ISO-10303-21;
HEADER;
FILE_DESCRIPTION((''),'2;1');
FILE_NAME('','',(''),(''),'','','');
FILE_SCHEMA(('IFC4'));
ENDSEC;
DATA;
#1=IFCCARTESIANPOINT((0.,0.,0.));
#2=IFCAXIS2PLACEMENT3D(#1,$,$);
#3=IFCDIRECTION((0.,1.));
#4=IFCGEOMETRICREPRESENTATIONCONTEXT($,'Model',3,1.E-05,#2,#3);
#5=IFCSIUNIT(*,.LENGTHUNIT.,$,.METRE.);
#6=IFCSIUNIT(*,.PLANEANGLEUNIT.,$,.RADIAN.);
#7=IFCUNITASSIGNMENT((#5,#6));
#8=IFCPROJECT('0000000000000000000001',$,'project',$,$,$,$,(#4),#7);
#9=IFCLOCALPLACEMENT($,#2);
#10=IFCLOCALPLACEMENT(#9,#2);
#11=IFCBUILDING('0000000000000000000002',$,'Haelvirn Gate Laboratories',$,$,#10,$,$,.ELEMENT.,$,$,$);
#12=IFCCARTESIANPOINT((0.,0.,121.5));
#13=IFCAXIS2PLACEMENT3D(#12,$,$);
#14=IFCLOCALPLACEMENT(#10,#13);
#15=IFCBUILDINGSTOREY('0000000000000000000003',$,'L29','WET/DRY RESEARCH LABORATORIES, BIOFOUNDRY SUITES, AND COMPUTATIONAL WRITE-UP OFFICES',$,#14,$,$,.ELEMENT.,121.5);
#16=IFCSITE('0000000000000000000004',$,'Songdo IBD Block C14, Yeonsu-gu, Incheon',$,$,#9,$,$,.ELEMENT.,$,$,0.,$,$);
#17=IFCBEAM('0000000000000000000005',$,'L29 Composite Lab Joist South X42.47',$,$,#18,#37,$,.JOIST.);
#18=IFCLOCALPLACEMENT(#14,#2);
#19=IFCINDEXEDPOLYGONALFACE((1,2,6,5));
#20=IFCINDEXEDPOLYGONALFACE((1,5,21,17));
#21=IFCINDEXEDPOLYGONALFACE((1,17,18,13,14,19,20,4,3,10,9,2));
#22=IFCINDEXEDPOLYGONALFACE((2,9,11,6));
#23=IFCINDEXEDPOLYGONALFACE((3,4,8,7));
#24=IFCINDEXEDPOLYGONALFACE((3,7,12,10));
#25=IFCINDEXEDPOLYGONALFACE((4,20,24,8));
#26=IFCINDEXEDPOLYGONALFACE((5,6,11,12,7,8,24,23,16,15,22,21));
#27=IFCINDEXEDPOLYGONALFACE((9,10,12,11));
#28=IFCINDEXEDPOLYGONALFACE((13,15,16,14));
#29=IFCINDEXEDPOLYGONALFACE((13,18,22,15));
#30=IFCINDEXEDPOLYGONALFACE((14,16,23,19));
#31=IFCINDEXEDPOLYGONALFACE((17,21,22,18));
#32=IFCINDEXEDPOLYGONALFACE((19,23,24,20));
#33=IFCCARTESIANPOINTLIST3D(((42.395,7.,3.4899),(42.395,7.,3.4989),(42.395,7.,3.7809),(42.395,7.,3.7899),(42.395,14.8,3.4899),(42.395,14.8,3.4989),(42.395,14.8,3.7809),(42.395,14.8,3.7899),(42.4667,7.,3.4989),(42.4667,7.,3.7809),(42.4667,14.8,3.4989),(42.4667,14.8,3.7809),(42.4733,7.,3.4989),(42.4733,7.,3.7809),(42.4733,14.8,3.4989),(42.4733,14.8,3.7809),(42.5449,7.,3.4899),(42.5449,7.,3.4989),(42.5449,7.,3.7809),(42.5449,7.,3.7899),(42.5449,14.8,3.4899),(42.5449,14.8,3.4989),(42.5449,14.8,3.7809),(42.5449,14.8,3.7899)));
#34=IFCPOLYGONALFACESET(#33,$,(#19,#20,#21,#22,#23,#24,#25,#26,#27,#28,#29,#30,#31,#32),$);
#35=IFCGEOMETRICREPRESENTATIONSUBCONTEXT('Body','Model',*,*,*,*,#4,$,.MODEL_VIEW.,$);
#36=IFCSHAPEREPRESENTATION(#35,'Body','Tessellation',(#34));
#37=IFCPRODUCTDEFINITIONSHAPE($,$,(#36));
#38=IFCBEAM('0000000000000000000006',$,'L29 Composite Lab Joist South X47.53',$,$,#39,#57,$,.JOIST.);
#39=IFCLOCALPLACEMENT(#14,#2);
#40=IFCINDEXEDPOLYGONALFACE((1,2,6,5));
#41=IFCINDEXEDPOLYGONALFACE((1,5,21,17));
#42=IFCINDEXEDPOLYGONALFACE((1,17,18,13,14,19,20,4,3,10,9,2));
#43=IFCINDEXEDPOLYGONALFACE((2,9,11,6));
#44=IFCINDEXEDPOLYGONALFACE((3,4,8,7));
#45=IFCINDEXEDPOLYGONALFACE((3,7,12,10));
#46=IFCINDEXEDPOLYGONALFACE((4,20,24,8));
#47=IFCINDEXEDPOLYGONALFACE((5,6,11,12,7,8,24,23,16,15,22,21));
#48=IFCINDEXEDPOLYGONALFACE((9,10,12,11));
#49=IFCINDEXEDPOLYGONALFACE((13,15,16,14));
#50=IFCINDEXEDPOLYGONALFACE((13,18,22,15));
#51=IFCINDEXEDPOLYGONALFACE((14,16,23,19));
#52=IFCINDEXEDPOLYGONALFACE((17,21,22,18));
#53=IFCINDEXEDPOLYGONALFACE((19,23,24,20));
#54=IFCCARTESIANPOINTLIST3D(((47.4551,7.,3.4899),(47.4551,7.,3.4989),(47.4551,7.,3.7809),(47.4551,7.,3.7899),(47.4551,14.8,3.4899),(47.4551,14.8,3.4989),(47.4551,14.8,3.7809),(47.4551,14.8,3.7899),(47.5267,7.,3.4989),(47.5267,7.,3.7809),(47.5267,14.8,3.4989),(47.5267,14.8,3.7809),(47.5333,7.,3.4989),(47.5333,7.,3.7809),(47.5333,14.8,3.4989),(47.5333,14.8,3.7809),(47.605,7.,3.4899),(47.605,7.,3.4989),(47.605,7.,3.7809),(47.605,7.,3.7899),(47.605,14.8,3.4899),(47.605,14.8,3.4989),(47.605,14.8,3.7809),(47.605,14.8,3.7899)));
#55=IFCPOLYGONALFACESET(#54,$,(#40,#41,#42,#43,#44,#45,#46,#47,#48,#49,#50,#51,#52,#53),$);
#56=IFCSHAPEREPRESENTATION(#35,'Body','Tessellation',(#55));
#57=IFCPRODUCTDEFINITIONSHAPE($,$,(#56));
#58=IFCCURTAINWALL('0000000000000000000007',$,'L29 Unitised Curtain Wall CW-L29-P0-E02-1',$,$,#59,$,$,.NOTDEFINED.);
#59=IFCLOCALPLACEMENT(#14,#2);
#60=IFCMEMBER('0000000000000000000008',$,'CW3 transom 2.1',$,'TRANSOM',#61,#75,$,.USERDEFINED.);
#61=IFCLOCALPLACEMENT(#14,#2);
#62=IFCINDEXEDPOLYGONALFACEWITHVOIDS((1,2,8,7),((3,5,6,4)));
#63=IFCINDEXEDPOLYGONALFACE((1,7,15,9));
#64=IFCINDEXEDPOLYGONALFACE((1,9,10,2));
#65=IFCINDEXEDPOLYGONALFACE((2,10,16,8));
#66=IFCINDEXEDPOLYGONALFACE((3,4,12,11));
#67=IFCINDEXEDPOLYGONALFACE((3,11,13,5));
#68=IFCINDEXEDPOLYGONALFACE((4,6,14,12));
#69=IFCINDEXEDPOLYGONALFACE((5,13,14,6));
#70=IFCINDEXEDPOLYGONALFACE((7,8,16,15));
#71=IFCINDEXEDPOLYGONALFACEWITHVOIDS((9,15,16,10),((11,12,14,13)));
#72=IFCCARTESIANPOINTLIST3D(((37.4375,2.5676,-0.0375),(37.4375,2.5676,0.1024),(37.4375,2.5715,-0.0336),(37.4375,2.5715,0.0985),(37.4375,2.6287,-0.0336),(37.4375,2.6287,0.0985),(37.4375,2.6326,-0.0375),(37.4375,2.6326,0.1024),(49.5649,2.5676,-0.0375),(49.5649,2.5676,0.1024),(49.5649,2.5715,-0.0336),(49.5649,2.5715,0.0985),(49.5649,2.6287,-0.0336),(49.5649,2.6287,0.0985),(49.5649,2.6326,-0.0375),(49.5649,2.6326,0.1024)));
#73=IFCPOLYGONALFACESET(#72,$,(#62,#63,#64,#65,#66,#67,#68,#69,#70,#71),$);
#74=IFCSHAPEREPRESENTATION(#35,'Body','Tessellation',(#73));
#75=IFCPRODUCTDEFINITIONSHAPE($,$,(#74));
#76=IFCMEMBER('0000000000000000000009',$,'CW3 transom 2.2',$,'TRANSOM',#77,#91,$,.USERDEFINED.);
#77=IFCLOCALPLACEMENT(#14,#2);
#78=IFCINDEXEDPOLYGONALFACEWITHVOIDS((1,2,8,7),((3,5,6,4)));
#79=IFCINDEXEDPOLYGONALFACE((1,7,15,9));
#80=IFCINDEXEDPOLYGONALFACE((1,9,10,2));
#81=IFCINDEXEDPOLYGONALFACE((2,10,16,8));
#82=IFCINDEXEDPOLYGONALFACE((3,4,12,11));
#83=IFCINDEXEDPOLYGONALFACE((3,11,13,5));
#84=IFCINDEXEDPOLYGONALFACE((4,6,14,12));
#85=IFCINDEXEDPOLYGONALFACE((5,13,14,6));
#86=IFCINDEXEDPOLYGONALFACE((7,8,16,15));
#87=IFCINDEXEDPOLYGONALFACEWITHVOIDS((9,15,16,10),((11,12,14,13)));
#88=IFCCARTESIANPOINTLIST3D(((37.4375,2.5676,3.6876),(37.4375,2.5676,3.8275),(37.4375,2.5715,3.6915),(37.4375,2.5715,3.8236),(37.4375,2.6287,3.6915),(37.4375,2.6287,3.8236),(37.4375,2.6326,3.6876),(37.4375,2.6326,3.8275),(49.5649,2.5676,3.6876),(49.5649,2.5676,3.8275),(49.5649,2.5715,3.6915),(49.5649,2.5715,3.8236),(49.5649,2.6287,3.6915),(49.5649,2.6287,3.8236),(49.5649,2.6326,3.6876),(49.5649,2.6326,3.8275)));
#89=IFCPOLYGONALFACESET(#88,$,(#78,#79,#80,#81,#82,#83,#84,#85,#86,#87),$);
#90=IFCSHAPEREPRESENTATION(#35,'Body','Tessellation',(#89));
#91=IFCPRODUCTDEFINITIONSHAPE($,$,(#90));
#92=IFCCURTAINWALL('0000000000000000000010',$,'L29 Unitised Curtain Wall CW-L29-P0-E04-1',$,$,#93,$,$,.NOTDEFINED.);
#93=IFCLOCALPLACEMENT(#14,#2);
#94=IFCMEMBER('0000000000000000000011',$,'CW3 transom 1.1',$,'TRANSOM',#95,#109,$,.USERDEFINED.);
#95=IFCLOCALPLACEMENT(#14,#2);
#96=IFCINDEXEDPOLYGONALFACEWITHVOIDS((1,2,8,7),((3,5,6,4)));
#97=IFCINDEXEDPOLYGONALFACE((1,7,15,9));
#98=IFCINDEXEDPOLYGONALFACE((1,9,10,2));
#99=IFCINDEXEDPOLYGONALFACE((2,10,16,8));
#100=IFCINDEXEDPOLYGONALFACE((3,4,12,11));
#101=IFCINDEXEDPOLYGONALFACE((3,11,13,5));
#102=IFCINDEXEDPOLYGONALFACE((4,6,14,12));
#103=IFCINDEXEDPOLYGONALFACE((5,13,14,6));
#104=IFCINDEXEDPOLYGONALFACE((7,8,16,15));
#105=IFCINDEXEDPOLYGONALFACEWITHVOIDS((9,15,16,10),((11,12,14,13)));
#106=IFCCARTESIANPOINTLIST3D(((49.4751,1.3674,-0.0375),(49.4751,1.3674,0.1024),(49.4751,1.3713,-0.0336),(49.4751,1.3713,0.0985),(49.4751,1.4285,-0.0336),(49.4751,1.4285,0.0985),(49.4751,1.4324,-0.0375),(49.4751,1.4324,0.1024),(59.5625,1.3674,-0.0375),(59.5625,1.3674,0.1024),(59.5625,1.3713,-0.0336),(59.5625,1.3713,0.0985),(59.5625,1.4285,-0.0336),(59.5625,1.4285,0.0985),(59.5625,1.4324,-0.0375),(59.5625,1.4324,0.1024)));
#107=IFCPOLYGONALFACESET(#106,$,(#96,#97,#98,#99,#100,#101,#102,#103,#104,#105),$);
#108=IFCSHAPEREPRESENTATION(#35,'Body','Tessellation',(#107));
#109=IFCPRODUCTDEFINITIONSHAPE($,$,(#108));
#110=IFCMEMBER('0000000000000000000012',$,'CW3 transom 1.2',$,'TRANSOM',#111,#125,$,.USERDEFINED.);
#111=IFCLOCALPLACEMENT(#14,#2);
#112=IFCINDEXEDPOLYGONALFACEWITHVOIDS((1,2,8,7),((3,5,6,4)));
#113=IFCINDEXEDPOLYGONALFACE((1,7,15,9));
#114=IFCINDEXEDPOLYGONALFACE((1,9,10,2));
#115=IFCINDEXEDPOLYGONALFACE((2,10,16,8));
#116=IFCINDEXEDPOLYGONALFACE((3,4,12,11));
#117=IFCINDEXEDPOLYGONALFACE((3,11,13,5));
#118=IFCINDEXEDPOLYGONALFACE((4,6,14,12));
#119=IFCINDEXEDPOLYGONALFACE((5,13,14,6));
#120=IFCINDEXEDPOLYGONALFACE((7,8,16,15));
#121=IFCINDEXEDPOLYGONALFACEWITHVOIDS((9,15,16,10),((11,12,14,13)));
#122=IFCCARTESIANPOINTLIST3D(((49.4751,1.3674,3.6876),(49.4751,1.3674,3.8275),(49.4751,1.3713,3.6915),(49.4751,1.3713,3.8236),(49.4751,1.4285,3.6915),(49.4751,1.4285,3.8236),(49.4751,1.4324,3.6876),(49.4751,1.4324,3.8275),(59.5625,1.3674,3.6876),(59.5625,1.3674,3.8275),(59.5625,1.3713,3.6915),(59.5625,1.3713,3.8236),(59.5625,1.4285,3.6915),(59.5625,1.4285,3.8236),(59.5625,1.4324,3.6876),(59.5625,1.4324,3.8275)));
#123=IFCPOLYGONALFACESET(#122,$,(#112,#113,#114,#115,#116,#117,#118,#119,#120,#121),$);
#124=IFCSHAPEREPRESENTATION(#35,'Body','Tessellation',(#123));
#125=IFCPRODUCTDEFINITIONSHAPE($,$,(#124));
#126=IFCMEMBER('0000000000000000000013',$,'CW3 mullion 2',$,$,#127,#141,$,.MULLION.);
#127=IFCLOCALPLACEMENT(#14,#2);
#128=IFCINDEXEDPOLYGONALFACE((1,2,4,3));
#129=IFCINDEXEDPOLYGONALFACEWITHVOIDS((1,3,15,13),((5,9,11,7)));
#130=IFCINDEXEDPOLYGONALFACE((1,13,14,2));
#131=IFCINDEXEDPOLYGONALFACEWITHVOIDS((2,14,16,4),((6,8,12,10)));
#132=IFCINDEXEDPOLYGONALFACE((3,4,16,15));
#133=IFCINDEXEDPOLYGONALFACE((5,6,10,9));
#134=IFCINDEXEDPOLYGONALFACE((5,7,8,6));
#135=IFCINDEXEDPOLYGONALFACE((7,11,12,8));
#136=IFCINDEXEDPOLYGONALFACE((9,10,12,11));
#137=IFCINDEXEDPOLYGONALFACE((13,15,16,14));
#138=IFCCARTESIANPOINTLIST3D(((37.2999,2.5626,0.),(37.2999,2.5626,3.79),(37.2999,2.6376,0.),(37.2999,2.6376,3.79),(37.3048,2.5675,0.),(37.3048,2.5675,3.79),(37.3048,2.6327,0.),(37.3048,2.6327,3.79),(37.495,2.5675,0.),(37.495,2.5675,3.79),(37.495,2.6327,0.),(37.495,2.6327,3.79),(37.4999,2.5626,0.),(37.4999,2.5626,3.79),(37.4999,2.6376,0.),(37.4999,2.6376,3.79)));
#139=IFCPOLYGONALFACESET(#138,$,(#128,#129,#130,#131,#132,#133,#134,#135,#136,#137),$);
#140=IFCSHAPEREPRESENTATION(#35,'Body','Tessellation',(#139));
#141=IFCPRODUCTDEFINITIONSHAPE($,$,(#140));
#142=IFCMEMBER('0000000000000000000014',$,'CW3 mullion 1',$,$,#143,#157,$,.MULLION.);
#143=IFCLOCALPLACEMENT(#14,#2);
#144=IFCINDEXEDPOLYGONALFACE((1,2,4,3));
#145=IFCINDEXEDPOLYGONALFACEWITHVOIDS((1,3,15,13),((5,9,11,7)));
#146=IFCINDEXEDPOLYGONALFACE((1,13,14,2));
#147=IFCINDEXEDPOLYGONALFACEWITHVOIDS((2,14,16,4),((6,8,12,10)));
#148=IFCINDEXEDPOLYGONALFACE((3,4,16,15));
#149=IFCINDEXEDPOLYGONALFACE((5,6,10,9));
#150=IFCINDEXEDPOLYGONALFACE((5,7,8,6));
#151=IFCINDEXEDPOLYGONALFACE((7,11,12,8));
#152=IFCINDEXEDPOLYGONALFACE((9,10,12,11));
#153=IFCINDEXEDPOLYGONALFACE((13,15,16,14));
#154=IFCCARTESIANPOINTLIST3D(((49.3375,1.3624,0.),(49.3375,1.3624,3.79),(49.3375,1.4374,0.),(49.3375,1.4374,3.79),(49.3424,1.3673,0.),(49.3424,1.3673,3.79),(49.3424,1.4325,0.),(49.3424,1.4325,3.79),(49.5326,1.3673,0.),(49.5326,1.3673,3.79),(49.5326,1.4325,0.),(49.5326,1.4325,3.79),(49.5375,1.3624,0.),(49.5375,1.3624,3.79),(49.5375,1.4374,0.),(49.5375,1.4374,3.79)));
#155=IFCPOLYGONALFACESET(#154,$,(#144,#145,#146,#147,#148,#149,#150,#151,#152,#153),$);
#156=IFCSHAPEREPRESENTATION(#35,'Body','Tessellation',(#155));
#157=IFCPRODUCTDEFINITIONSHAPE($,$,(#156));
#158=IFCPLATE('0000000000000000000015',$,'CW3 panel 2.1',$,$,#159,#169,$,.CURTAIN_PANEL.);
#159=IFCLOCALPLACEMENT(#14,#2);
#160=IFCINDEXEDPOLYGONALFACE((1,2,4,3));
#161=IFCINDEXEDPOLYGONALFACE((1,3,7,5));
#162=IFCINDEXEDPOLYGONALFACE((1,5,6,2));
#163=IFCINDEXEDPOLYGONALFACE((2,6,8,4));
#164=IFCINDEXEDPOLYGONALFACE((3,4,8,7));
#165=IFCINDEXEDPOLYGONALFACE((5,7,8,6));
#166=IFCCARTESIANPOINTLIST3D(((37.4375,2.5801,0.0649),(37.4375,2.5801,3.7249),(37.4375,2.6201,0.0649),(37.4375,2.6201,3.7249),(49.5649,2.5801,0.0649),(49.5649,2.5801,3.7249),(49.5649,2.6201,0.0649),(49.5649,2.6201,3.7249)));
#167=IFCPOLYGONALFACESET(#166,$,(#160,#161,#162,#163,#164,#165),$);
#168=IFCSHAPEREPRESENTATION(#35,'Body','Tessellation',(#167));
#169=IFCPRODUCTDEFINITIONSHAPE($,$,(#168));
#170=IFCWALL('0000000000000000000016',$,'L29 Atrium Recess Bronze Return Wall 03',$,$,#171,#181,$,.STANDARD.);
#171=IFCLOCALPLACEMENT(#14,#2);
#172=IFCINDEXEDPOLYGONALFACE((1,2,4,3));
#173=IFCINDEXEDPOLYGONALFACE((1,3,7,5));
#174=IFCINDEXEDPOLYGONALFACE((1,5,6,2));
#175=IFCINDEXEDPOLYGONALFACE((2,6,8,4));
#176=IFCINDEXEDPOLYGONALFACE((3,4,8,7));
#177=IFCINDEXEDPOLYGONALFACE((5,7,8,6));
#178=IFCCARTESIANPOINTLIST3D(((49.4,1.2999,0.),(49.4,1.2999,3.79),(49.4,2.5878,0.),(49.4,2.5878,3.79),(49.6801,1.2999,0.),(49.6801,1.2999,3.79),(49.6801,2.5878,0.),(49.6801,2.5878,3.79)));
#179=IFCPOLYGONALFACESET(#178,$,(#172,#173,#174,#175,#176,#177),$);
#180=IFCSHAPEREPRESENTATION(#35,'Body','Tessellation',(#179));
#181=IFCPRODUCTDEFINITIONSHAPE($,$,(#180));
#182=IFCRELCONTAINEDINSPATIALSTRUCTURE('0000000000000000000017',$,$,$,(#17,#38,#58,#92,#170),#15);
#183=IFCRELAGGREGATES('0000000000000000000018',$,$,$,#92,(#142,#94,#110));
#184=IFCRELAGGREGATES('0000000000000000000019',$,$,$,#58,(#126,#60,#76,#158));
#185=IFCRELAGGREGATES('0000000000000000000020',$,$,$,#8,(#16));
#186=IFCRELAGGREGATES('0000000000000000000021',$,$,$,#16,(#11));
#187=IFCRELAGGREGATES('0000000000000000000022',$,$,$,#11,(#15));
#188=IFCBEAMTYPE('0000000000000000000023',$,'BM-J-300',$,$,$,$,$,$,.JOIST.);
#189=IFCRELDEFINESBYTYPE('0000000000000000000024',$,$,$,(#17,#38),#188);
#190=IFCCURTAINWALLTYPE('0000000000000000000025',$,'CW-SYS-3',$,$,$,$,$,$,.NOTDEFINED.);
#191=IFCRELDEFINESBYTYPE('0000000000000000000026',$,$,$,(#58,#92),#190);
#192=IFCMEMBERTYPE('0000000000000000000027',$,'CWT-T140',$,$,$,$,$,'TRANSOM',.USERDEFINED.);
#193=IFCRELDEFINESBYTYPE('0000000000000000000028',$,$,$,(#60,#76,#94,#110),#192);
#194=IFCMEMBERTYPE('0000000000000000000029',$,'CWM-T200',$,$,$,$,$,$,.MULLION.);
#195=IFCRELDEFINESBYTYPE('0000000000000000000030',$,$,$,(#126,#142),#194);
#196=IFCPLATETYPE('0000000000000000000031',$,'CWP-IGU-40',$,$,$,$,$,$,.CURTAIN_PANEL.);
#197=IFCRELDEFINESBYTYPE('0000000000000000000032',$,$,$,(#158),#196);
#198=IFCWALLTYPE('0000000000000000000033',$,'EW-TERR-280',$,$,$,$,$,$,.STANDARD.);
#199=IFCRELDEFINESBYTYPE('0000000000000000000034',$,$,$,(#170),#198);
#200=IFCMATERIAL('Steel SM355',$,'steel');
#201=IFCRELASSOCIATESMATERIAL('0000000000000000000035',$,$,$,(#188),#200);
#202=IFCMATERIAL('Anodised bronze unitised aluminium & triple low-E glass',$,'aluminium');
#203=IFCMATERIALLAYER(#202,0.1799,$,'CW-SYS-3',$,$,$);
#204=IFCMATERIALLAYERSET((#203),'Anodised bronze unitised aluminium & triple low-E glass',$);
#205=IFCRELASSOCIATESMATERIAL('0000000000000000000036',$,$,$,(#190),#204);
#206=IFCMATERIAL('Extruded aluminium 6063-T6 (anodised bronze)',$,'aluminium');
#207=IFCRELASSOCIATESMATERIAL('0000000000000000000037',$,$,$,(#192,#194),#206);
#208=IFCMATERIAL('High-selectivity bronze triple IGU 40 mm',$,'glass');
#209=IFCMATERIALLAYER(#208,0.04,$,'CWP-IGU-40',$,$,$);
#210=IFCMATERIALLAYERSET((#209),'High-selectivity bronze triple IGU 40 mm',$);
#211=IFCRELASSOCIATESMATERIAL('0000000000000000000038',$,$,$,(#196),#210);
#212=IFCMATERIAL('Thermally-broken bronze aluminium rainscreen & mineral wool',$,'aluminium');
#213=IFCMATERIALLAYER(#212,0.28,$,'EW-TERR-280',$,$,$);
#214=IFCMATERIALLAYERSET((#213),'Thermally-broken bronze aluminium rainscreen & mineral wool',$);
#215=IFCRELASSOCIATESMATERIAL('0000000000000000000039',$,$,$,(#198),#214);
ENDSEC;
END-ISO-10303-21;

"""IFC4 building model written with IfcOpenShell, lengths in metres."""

from ifc_helpers import new_model, si_unit, direction, frame, frame_2d, origin, origin_2d, place, context, subcontext, project, spatial, rectangle, hollow_rectangle, i_section, extrude, source, transform, mapped, material, layer, layer_set, material_profile, profile_set, type_object, type_shapes, element, aggregate, save


model = new_model("IFC4")

# Units and contexts
model_context = context("Model", 3, precision=1e-05, world=origin(), true_north=direction((0.0, 1.0)))
body_context = subcontext(model_context, "Body", "Model", "MODEL_VIEW")
ifc_project = project(units=[si_unit("LENGTHUNIT", "METRE"), si_unit("PLANEANGLEUNIT", "RADIAN")], contexts=[model_context])

# Site, building, storey
site_placement = place(None, origin())
site = spatial("IfcSite", under=ifc_project, at=site_placement, Name="Songdo IBD Block C14, Yeonsu-gu, Incheon", CompositionType="ELEMENT", RefElevation=0.0)
building_placement = place(site_placement, origin())
building = spatial("IfcBuilding", under=site, at=building_placement, Name="Haelvirn Gate Laboratories", CompositionType="ELEMENT")
storey_placement = place(building_placement, frame((0.0, 0.0, 121.5)))
storey = spatial("IfcBuildingStorey", under=building, at=storey_placement, Name="L29", Description="WET/DRY RESEARCH LABORATORIES, BIOFOUNDRY SUITES, AND COMPUTATIONAL WRITE-UP OFFICES", CompositionType="ELEMENT", Elevation=121.5)

# Shared definitions
ifc_material_1 = material(Name="Steel SM355", Category="steel")

# Beams
ifc_material_profile_1 = material_profile(ifc_material_1, i_section(OverallWidth=0.1499, OverallDepth=0.3, WebThickness=0.0066, FlangeThickness=0.009, at=origin_2d()), Name="H-300x150x6.5x9")
ifc_profile_set_1 = profile_set([ifc_material_profile_1], Name="Steel SM355")
beam_type_1 = type_object("IfcBeamType", Name="BM-J-300", PredefinedType="JOIST", material=ifc_profile_set_1)
shared_shape_1 = source(origin(), body_context, "Body", "SweptSolid", [
    extrude(i_section(OverallWidth=0.1499, OverallDepth=0.3, WebThickness=0.0066, FlangeThickness=0.009, at=origin_2d()), origin(), (0.0, 0.0, 1.0), 7.8),
])
type_shapes(beam_type_1, [shared_shape_1])
for number, where, z_axis, x_axis, name in (
    (1, (42.47, 7.0, 3.6399), (0.0, 1.0, 0.0), (-1.0, 0.0, 0.0), "L29 Composite Lab Joist South X42.47"),
    (2, (47.53, 7.0, 3.6399), (0.0, 1.0, 0.0), (-1.0, 0.0, 0.0), "L29 Composite Lab Joist South X47.53"),
):
    element("IfcBeam", number, at=place(storey_placement, frame(where, z_axis=z_axis, x_axis=x_axis)), inside=storey, type_object=beam_type_1, Name=name, PredefinedType="JOIST", context=body_context, shape_type="MappedRepresentation", body=[
        mapped(shared_shape_1, transform((0.0, 0.0, 0.0), scale=1.0)),
    ])

# Curtain walls, members
ifc_material_2 = material(Name="Anodised bronze unitised aluminium & triple low-E glass", Category="aluminium")
ifc_layer_1 = layer(ifc_material_2, 0.1799, Name="CW-SYS-3")
ifc_layer_set_1 = layer_set([ifc_layer_1], Name="Anodised bronze unitised aluminium & triple low-E glass")
curtain_wall_type = type_object("IfcCurtainWallType", Name="CW-SYS-3", PredefinedType="NOTDEFINED", material=ifc_layer_set_1)
curtain_wall_1_placement = place(storey_placement, origin())
curtain_wall_1 = element("IfcCurtainWall", 3, at=curtain_wall_1_placement, inside=storey, type_object=curtain_wall_type, Name="L29 Unitised Curtain Wall CW-L29-P0-E02-1", PredefinedType="NOTDEFINED")
ifc_material_3 = material(Name="Extruded aluminium 6063-T6 (anodised bronze)", Category="aluminium")
ifc_material_profile_2 = material_profile(ifc_material_3, hollow_rectangle(XDim=0.0649, YDim=0.1399, WallThickness=0.0039, at=origin_2d()), Name="CWT-140x65x4")
ifc_profile_set_2 = profile_set([ifc_material_profile_2], Name="Extruded aluminium 6063-T6 (anodised bronze)")
member_type_1 = type_object("IfcMemberType", Name="CWT-T140", ElementType="TRANSOM", PredefinedType="USERDEFINED", material=ifc_profile_set_2)
shared_shape_2 = source(origin(), body_context, "Body", "SweptSolid", [
    extrude(hollow_rectangle(XDim=0.0649, YDim=0.1399, WallThickness=0.0039, at=origin_2d()), origin(), (0.0, 0.0, 1.0), 12.1274),
])
member_1_placement = place(storey_placement, frame((37.4375, 2.6001, 0.0325), z_axis=(1.0, 0.0, 0.0), x_axis=(0.0, 1.0, 0.0)))
member_1 = element("IfcMember", 4, at=member_1_placement, type_object=member_type_1, Name="CW3 transom 2.1", ObjectType="TRANSOM", PredefinedType="USERDEFINED", context=body_context, shape_type="MappedRepresentation", body=[
    mapped(shared_shape_2, transform((0.0, 0.0, 0.0), scale=1.0)),
])
member_2_placement = place(storey_placement, frame((37.4375, 2.6001, 3.7576), z_axis=(1.0, 0.0, 0.0), x_axis=(0.0, 1.0, 0.0)))
member_2 = element("IfcMember", 5, at=member_2_placement, type_object=member_type_1, Name="CW3 transom 2.2", ObjectType="TRANSOM", PredefinedType="USERDEFINED", context=body_context, shape_type="MappedRepresentation", body=[
    mapped(shared_shape_2, transform((0.0, 0.0, 0.0), scale=1.0)),
])
curtain_wall_2_placement = place(storey_placement, origin())
curtain_wall_2 = element("IfcCurtainWall", 6, at=curtain_wall_2_placement, inside=storey, type_object=curtain_wall_type, Name="L29 Unitised Curtain Wall CW-L29-P0-E04-1", PredefinedType="NOTDEFINED")
shared_shape_3 = source(origin(), body_context, "Body", "SweptSolid", [
    extrude(hollow_rectangle(XDim=0.0649, YDim=0.1399, WallThickness=0.0039, at=origin_2d()), origin(), (0.0, 0.0, 1.0), 10.0874),
])
type_shapes(member_type_1, [shared_shape_2, shared_shape_3])
member_3_placement = place(storey_placement, frame((49.4751, 1.3999, 0.0325), z_axis=(1.0, 0.0, 0.0), x_axis=(0.0, 1.0, 0.0)))
member_3 = element("IfcMember", 7, at=member_3_placement, type_object=member_type_1, Name="CW3 transom 1.1", ObjectType="TRANSOM", PredefinedType="USERDEFINED", context=body_context, shape_type="MappedRepresentation", body=[
    mapped(shared_shape_3, transform((0.0, 0.0, 0.0), scale=1.0)),
])
member_4_placement = place(storey_placement, frame((49.4751, 1.3999, 3.7576), z_axis=(1.0, 0.0, 0.0), x_axis=(0.0, 1.0, 0.0)))
member_4 = element("IfcMember", 8, at=member_4_placement, type_object=member_type_1, Name="CW3 transom 1.2", ObjectType="TRANSOM", PredefinedType="USERDEFINED", context=body_context, shape_type="MappedRepresentation", body=[
    mapped(shared_shape_3, transform((0.0, 0.0, 0.0), scale=1.0)),
])

# Members
ifc_material_profile_3 = material_profile(ifc_material_3, hollow_rectangle(XDim=0.075, YDim=0.2, WallThickness=0.0049, at=origin_2d()), Name="CWM-200x75x5")
ifc_profile_set_3 = profile_set([ifc_material_profile_3], Name="Extruded aluminium 6063-T6 (anodised bronze)")
member_type_2 = type_object("IfcMemberType", Name="CWM-T200", PredefinedType="MULLION", material=ifc_profile_set_3)
shared_shape_4 = source(origin(), body_context, "Body", "SweptSolid", [
    extrude(hollow_rectangle(XDim=0.075, YDim=0.2, WallThickness=0.0049, at=origin_2d()), origin(), (0.0, 0.0, 1.0), 3.79),
])
type_shapes(member_type_2, [shared_shape_4])
member_5_placement = place(storey_placement, frame((37.3999, 2.6001, 0.0), z_axis=(0.0, 0.0, 1.0), x_axis=(0.0, 1.0, 0.0)))
member_5 = element("IfcMember", 9, at=member_5_placement, type_object=member_type_2, Name="CW3 mullion 2", PredefinedType="MULLION", context=body_context, shape_type="MappedRepresentation", body=[
    mapped(shared_shape_4, transform((0.0, 0.0, 0.0), scale=1.0)),
])
member_6_placement = place(storey_placement, frame((49.4375, 1.3999, 0.0), z_axis=(0.0, 0.0, 1.0), x_axis=(0.0, 1.0, 0.0)))
member_6 = element("IfcMember", 10, at=member_6_placement, type_object=member_type_2, Name="CW3 mullion 1", PredefinedType="MULLION", context=body_context, shape_type="MappedRepresentation", body=[
    mapped(shared_shape_4, transform((0.0, 0.0, 0.0), scale=1.0)),
])
aggregate(curtain_wall_2, [member_6, member_3, member_4])

# Plate
ifc_material_4 = material(Name="High-selectivity bronze triple IGU 40 mm", Category="glass")
ifc_layer_2 = layer(ifc_material_4, 0.04, Name="CWP-IGU-40")
ifc_layer_set_2 = layer_set([ifc_layer_2], Name="High-selectivity bronze triple IGU 40 mm")
plate_type = type_object("IfcPlateType", Name="CWP-IGU-40", PredefinedType="CURTAIN_PANEL", material=ifc_layer_set_2)
shared_shape_5 = source(origin(), body_context, "Body", "SweptSolid", [
    extrude(rectangle(XDim=12.1274, YDim=0.04, at=origin_2d()), origin(), (0.0, 0.0, 1.0), 3.6599),
])
type_shapes(plate_type, [shared_shape_5])
plate_placement = place(storey_placement, frame((43.5012, 2.6001, 0.0649), z_axis=(0.0, 0.0, 1.0), x_axis=(1.0, 0.0, 0.0)))
plate = element("IfcPlate", 11, at=plate_placement, type_object=plate_type, Name="CW3 panel 2.1", PredefinedType="CURTAIN_PANEL", context=body_context, shape_type="MappedRepresentation", body=[
    mapped(shared_shape_5, transform((0.0, 0.0, 0.0), scale=1.0)),
])
aggregate(curtain_wall_1, [member_5, member_1, member_2, plate])

# Wall
ifc_material_5 = material(Name="Thermally-broken bronze aluminium rainscreen & mineral wool", Category="aluminium")
ifc_layer_3 = layer(ifc_material_5, 0.28, Name="EW-TERR-280")
ifc_layer_set_3 = layer_set([ifc_layer_3], Name="Thermally-broken bronze aluminium rainscreen & mineral wool")
wall_type_1 = type_object("IfcWallType", Name="EW-TERR-280", PredefinedType="STANDARD", material=ifc_layer_set_3)
wall_1_placement = place(storey_placement, frame((49.54, 2.5879, 0.0), z_axis=(0.0, 0.0, 1.0), x_axis=(0.0, -1.0, 0.0)))
element("IfcWall", 12, at=wall_1_placement, inside=storey, type_object=wall_type_1, Name="L29 Atrium Recess Bronze Return Wall 03", PredefinedType="STANDARD", context=body_context, shape_type="SweptSolid", body=[
    extrude(rectangle(XDim=1.2878, YDim=0.28, at=frame_2d((0.644, 0.0))), origin(), (0.0, 0.0, 1.0), 3.79),
])

save(model, "model.ifc")
